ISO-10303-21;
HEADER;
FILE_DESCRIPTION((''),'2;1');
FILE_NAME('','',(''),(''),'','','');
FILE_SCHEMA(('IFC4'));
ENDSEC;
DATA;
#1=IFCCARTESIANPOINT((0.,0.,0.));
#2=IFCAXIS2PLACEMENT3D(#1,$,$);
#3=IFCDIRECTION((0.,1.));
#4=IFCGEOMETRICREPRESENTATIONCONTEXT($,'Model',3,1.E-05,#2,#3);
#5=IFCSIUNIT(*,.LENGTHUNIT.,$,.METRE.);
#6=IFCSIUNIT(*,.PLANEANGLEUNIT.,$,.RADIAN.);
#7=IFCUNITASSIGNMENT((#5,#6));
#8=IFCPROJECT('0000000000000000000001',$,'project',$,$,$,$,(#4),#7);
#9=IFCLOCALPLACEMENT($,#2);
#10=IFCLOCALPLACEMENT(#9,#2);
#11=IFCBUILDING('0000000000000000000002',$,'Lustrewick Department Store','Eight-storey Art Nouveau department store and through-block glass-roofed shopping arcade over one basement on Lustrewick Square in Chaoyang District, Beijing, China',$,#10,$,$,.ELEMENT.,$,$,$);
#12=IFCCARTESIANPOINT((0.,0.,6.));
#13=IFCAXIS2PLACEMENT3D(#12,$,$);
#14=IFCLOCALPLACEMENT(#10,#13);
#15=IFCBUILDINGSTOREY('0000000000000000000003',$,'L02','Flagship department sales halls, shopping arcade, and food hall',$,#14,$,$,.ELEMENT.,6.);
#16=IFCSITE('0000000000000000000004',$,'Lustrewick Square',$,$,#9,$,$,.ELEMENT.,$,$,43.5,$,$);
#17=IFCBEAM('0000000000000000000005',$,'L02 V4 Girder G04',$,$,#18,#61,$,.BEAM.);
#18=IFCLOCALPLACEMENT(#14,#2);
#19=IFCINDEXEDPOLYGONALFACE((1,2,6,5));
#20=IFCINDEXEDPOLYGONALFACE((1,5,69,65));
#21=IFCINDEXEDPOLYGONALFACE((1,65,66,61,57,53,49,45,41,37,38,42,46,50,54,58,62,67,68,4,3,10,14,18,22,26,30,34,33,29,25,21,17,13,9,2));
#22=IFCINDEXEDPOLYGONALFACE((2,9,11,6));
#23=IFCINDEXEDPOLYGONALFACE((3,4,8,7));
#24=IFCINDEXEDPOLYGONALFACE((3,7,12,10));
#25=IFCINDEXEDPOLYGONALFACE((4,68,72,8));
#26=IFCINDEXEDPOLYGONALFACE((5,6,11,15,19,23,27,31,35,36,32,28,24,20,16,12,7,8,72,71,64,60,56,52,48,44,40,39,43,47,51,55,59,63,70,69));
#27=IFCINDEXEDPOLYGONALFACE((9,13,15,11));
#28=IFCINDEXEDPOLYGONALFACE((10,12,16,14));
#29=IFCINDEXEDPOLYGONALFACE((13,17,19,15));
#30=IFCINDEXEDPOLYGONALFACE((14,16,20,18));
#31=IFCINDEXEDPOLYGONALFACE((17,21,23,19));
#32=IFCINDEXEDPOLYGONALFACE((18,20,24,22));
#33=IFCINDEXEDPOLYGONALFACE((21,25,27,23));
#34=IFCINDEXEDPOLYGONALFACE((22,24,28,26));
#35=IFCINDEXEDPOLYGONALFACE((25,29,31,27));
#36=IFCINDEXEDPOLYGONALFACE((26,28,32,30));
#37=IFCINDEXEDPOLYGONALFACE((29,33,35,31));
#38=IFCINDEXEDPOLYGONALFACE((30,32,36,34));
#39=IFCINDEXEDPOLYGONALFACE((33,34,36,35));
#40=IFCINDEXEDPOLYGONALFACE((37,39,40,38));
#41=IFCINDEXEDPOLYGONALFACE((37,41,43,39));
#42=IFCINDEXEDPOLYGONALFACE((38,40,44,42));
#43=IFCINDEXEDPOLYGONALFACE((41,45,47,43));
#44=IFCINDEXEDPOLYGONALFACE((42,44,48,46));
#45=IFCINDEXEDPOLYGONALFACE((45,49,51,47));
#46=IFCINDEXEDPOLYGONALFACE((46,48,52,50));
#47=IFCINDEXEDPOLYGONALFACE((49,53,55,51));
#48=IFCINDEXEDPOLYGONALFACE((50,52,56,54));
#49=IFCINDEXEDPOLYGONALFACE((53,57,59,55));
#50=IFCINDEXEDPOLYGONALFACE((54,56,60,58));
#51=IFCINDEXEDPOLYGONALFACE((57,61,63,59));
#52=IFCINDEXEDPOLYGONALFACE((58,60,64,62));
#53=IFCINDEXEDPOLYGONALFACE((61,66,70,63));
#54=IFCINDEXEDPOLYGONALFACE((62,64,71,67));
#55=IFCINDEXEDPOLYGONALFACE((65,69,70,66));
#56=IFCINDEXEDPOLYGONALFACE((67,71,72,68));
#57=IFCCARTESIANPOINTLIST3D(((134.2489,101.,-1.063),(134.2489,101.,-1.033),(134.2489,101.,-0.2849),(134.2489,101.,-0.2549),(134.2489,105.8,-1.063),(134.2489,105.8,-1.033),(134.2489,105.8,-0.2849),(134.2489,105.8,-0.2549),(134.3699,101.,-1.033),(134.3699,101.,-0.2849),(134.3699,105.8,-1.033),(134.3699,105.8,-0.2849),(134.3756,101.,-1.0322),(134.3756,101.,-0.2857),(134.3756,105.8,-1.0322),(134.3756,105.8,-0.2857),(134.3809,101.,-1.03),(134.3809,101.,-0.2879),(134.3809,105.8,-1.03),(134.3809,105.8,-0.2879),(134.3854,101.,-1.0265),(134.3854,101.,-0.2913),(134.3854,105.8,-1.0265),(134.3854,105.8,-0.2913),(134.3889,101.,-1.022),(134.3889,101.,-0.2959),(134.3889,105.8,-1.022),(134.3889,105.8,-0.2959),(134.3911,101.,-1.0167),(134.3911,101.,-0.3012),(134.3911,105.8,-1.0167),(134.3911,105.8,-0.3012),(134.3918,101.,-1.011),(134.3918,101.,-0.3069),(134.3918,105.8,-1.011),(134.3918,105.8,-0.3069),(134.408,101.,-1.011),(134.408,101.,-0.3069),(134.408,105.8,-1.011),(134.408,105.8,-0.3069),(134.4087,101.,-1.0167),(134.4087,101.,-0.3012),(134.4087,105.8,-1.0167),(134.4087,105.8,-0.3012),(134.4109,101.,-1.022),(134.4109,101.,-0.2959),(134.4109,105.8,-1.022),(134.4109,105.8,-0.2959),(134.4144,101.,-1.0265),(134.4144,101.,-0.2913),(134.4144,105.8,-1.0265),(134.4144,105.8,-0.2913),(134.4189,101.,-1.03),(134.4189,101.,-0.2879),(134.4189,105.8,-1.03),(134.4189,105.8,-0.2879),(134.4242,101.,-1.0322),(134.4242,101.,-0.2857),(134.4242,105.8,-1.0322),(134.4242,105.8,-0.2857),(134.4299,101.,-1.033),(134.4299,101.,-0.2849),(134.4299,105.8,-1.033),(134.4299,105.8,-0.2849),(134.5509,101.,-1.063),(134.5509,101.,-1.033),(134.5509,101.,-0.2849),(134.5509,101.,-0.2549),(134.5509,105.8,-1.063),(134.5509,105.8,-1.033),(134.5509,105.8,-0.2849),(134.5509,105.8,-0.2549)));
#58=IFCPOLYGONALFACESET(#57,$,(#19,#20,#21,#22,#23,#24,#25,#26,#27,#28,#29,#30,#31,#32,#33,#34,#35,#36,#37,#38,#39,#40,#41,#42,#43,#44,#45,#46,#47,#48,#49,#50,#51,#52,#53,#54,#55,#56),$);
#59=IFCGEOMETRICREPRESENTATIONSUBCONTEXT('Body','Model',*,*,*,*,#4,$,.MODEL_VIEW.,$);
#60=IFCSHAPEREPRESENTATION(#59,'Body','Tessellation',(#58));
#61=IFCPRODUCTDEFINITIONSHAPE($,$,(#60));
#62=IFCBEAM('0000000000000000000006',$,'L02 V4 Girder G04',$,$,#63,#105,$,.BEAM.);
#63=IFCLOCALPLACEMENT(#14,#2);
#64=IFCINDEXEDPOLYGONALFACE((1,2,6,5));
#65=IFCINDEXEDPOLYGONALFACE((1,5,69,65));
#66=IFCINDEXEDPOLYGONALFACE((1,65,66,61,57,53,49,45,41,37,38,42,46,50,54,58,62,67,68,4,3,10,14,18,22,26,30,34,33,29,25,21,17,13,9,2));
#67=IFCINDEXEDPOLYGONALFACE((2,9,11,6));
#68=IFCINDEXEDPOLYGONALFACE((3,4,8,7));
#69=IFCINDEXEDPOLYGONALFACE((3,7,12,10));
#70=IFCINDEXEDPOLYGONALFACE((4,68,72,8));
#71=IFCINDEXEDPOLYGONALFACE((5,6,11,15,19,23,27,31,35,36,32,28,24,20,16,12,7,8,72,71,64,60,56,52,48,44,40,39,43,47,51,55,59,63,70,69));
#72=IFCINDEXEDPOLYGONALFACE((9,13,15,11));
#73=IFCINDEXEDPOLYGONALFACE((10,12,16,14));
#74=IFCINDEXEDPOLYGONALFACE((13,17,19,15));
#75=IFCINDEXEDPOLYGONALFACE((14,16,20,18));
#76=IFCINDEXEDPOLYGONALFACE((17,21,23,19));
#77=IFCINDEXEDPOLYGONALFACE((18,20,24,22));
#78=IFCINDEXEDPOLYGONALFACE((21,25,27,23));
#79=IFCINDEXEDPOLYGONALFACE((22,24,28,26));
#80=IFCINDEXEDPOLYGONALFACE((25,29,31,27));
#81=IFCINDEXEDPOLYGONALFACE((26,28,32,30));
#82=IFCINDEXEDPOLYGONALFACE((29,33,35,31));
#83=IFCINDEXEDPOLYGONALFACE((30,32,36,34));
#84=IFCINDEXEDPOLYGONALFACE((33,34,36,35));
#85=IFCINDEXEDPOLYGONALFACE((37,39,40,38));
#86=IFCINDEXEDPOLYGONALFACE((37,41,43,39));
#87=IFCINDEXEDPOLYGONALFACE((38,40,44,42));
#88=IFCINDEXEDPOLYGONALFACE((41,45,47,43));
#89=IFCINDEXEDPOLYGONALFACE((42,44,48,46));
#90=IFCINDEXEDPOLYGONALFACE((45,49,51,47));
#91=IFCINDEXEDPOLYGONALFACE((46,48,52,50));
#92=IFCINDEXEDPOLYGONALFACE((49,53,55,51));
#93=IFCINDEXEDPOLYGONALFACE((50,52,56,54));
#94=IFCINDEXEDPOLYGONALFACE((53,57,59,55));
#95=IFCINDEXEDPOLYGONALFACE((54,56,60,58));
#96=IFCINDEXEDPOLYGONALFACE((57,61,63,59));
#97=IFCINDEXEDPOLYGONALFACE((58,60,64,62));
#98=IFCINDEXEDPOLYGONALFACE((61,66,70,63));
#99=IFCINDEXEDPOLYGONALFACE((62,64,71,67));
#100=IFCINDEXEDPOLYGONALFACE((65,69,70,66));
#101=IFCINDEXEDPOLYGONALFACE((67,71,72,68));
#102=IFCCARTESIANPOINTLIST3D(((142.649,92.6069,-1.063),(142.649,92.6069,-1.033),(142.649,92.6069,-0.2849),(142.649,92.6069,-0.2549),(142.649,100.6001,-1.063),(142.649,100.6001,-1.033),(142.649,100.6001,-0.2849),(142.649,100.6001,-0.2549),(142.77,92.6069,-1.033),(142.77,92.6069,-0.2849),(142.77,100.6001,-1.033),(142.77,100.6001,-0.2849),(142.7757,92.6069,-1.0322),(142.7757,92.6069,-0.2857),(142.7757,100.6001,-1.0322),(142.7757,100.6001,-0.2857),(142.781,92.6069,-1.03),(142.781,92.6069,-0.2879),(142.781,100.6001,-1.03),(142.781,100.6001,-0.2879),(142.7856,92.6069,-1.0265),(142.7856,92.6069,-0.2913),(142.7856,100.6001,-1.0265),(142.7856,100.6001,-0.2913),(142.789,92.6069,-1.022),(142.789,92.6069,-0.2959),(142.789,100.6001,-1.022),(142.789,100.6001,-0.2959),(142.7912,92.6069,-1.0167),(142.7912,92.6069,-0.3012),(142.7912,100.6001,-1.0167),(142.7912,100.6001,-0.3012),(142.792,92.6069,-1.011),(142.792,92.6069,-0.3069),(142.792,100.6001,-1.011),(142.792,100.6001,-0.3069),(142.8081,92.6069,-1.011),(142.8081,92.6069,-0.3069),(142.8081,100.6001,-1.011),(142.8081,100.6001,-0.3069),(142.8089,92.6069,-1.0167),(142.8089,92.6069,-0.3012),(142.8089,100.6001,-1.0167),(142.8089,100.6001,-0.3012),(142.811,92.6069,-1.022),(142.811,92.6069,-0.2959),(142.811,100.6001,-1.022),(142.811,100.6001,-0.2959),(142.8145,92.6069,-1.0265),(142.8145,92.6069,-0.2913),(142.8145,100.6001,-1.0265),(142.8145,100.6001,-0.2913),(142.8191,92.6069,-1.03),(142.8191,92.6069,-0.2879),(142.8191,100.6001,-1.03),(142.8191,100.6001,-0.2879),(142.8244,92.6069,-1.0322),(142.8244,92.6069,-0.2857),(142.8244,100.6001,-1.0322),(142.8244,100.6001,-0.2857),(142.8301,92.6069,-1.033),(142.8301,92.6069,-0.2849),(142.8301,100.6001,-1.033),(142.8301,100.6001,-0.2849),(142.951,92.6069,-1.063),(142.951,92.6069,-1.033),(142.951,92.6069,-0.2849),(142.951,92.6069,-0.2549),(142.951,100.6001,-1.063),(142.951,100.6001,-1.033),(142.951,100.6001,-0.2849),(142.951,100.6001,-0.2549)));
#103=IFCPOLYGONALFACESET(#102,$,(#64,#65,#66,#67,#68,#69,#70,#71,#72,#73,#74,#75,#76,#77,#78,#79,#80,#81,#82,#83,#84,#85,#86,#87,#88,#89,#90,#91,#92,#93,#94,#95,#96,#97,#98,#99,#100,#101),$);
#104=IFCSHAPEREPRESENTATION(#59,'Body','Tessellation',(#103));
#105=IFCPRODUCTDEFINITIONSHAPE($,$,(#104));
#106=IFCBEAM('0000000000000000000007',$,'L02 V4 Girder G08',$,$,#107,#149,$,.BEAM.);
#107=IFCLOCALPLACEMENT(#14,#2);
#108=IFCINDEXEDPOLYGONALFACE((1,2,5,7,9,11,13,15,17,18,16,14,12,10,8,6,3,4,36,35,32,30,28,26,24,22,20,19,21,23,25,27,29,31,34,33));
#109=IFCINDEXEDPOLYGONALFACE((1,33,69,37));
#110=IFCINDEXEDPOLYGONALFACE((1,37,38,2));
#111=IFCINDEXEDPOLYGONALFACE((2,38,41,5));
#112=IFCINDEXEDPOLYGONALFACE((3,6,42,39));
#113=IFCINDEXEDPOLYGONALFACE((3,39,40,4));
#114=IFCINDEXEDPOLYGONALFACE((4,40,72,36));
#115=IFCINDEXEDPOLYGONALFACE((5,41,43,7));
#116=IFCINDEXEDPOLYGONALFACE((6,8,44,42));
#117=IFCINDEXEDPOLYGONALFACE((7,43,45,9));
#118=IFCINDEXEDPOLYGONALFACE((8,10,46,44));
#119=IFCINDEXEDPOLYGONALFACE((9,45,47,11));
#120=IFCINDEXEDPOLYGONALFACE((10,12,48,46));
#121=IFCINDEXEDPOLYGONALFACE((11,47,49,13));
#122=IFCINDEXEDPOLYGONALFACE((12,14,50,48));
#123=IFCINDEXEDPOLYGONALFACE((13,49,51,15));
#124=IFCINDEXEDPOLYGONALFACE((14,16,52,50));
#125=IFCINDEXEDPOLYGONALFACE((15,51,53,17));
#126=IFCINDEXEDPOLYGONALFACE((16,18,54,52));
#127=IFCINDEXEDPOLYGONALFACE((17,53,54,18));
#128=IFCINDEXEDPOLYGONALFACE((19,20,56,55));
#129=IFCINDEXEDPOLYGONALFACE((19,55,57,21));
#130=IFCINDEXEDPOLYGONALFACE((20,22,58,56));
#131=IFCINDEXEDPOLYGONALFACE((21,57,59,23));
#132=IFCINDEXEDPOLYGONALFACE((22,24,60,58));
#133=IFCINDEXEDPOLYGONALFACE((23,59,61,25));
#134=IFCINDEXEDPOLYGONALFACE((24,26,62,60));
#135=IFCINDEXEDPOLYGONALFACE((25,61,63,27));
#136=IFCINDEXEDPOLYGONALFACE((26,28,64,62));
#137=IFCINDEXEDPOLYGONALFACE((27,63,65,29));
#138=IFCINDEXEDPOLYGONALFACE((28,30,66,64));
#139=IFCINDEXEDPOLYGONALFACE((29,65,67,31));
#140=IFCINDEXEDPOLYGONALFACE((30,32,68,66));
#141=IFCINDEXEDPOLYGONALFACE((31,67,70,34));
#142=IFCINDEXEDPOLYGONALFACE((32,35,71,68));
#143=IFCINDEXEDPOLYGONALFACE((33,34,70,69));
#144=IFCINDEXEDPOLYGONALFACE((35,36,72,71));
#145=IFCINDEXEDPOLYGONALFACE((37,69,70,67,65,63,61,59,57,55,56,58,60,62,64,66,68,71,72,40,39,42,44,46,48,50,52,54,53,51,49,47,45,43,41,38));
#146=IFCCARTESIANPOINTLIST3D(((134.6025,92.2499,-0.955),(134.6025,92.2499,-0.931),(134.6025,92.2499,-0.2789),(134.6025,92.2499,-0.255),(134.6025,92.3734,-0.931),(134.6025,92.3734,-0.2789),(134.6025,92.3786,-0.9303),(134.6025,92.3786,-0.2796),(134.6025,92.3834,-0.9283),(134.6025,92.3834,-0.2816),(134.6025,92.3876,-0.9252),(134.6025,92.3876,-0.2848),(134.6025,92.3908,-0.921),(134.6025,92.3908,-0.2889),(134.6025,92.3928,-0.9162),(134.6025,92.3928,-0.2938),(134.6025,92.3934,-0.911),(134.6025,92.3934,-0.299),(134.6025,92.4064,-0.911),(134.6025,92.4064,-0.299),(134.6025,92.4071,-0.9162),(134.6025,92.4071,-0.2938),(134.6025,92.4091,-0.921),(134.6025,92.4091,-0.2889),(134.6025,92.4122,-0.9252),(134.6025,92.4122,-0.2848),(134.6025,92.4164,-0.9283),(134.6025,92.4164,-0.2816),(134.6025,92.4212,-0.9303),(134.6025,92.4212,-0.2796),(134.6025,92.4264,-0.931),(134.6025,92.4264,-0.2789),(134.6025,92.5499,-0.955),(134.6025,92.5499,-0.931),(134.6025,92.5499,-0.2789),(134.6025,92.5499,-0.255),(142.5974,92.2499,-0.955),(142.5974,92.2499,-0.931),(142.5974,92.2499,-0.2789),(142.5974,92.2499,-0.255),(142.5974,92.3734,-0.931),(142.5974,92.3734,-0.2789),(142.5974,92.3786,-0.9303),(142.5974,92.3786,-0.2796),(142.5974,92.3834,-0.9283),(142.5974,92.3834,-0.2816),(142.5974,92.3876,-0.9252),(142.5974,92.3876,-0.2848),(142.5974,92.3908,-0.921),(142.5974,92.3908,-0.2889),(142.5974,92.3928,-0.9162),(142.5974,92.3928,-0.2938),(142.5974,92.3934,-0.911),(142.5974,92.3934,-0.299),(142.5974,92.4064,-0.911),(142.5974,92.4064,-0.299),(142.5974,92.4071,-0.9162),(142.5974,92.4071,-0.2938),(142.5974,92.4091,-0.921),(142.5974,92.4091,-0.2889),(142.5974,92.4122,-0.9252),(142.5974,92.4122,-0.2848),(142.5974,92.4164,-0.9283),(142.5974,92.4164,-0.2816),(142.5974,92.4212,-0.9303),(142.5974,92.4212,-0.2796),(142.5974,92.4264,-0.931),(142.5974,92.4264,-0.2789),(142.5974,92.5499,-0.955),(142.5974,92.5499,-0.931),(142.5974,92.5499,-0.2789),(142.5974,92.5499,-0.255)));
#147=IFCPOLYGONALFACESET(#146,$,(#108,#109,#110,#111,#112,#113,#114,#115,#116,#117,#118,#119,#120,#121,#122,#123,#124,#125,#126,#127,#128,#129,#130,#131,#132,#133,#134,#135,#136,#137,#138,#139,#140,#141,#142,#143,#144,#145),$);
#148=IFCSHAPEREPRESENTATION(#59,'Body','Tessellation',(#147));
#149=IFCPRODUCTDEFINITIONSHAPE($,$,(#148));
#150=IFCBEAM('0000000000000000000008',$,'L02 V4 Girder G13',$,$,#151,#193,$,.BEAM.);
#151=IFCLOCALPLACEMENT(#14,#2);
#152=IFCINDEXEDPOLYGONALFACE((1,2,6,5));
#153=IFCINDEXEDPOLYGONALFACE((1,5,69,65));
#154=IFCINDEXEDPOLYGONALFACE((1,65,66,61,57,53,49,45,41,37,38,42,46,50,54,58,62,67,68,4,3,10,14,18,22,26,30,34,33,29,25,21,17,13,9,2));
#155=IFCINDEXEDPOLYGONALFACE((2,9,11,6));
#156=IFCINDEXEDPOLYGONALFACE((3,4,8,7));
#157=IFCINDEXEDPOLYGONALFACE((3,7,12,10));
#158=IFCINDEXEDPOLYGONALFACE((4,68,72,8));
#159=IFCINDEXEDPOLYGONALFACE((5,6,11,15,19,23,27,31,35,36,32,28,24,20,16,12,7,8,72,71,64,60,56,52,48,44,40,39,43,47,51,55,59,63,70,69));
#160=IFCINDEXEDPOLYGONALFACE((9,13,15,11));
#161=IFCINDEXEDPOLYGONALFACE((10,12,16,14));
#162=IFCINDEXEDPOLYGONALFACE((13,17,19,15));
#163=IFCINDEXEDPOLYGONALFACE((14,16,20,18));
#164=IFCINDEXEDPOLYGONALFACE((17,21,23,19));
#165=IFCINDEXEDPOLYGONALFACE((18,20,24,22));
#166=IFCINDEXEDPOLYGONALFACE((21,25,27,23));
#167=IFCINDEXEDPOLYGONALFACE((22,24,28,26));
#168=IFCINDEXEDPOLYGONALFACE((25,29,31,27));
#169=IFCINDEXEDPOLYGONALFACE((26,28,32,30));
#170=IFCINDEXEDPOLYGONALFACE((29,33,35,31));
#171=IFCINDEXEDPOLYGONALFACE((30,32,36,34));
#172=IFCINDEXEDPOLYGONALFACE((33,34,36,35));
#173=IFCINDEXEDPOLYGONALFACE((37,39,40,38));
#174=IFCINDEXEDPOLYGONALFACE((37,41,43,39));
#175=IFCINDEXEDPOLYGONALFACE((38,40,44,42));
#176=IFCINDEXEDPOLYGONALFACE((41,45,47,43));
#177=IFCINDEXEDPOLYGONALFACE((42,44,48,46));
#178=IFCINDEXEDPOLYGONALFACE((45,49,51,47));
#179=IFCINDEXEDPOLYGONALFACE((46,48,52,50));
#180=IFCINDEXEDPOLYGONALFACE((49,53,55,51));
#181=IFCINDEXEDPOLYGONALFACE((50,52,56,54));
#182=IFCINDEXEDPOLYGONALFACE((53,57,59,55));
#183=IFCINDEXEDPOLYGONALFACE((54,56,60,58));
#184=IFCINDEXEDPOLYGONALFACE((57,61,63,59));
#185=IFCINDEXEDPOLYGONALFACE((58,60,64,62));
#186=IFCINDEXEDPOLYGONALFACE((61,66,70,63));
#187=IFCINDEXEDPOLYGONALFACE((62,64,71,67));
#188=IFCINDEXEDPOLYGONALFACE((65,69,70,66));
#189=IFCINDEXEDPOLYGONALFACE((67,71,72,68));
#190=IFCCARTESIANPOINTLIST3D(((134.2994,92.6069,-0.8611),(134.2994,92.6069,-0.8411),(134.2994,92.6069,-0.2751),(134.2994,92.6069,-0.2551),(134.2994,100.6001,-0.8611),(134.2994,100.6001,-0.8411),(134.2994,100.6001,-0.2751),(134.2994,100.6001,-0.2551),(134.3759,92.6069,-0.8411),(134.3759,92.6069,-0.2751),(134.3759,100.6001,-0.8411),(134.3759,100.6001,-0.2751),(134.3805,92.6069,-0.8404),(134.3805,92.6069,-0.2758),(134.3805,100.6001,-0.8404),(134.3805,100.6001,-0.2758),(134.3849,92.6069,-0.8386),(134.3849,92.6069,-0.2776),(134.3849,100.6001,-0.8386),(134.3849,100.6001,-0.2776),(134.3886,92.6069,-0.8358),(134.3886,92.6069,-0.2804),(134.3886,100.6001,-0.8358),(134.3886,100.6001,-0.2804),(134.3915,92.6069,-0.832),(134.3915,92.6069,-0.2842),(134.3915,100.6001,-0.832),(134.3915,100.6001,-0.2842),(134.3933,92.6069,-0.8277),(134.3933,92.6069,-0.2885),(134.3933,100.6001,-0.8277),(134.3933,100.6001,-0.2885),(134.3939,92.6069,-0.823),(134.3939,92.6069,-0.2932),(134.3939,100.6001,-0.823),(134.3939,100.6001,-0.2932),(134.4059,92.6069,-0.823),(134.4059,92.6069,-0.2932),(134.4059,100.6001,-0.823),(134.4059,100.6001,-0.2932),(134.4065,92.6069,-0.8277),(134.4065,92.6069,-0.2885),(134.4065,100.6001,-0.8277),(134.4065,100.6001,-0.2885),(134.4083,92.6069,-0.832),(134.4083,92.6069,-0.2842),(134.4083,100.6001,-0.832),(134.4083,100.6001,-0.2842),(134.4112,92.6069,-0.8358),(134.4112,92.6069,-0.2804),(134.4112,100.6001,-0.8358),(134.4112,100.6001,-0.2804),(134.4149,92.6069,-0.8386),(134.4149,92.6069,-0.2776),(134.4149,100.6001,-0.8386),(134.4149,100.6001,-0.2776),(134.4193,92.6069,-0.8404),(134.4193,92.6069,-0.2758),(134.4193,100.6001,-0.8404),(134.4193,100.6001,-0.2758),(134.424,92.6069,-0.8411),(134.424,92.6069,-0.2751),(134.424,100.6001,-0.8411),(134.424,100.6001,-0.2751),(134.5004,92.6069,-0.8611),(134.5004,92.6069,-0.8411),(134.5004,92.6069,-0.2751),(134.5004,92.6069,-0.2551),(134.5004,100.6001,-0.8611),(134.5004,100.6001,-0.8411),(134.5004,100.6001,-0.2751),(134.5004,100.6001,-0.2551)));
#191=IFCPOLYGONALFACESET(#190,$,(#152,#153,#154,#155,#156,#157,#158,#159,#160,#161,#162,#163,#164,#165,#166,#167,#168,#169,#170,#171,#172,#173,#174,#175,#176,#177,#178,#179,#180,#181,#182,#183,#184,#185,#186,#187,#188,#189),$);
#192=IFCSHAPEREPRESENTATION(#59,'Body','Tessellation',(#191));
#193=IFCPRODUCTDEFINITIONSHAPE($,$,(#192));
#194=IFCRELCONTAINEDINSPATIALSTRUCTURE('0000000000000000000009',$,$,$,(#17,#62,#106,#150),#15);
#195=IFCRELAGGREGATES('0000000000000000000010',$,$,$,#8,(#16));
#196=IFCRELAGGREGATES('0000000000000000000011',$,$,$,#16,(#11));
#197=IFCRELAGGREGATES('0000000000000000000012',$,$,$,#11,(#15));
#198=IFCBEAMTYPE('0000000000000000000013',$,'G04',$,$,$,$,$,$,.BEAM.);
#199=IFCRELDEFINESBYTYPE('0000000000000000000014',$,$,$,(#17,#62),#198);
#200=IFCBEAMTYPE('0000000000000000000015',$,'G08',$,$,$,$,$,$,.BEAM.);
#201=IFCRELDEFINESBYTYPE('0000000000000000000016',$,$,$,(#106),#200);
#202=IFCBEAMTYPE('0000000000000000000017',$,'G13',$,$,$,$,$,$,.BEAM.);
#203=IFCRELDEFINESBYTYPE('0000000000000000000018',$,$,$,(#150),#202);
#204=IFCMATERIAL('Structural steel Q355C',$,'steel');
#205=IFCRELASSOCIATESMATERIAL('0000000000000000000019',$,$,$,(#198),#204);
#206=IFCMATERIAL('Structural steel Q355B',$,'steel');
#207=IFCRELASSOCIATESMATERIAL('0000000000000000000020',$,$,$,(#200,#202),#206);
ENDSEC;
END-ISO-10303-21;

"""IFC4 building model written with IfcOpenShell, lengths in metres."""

from ifc_helpers import new_model, si_unit, direction, frame, origin, origin_2d, place, context, subcontext, project, spatial, i_section, extrude, material, material_profile, profile_set, type_object, element, save


model = new_model("IFC4")

# Units and contexts
model_context = context("Model", 3, precision=1e-05, world=origin(), true_north=direction((0.0, 1.0)))
body_context = subcontext(model_context, "Body", "Model", "MODEL_VIEW")
ifc_project = project(units=[si_unit("LENGTHUNIT", "METRE"), si_unit("PLANEANGLEUNIT", "RADIAN")], contexts=[model_context])

# Site, building, storey
site_placement = place(None, origin())
site = spatial("IfcSite", under=ifc_project, at=site_placement, Name="Lustrewick Square", CompositionType="ELEMENT", RefElevation=43.5)
building_placement = place(site_placement, origin())
building = spatial("IfcBuilding", under=site, at=building_placement, Name="Lustrewick Department Store", Description="Eight-storey Art Nouveau department store and through-block glass-roofed shopping arcade over one basement on Lustrewick Square in Chaoyang District, Beijing, China", CompositionType="ELEMENT")
storey_placement = place(building_placement, frame((0.0, 0.0, 6.0)))
storey = spatial("IfcBuildingStorey", under=building, at=storey_placement, Name="L02", Description="Flagship department sales halls, shopping arcade, and food hall", CompositionType="ELEMENT", Elevation=6.0)

# Shared definitions
ifc_material_1 = material(Name="Structural steel Q355B", Category="steel")

# Beams
ifc_material_2 = material(Name="Structural steel Q355C", Category="steel")
ifc_material_profile_1 = material_profile(ifc_material_2, i_section(OverallWidth=0.302, OverallDepth=0.8081, WebThickness=0.0161, FlangeThickness=0.03, FilletRadius=0.022, at=origin_2d()), Name="HN 808x302x16x30")
ifc_profile_set_1 = profile_set([ifc_material_profile_1], Name="Structural steel Q355C")
beam_type_1 = type_object("IfcBeamType", Name="G04", PredefinedType="BEAM", material=ifc_profile_set_1)
beam_1_placement = place(storey_placement, frame((134.3999, 101.0, -0.6589), z_axis=(0.0, 1.0, 0.0), x_axis=(-1.0, 0.0, 0.0)))
element("IfcBeam", 1, at=beam_1_placement, inside=storey, type_object=beam_type_1, Name="L02 V4 Girder G04", PredefinedType="BEAM", context=body_context, shape_type="SweptSolid", body=[
    extrude(i_section(OverallWidth=0.302, OverallDepth=0.8081, WebThickness=0.0161, FlangeThickness=0.03, FilletRadius=0.022, at=origin_2d()), origin(), (0.0, 0.0, 1.0), 4.8),
])
beam_2_placement = place(storey_placement, frame((142.8, 92.6069, -0.6589), z_axis=(0.0, 1.0, 0.0), x_axis=(-1.0, 0.0, 0.0)))
element("IfcBeam", 2, at=beam_2_placement, inside=storey, type_object=beam_type_1, Name="L02 V4 Girder G04", PredefinedType="BEAM", context=body_context, shape_type="SweptSolid", body=[
    extrude(i_section(OverallWidth=0.302, OverallDepth=0.8081, WebThickness=0.0161, FlangeThickness=0.03, FilletRadius=0.022, at=origin_2d()), origin(), (0.0, 0.0, 1.0), 7.9932),
])
ifc_material_profile_2 = material_profile(ifc_material_1, i_section(OverallWidth=0.3, OverallDepth=0.7, WebThickness=0.0129, FlangeThickness=0.0239, FilletRadius=0.02, at=origin_2d()), Name="HN 700x300x13x24")
ifc_profile_set_2 = profile_set([ifc_material_profile_2], Name="Structural steel Q355B")
beam_type_2 = type_object("IfcBeamType", Name="G08", PredefinedType="BEAM", material=ifc_profile_set_2)
beam_3_placement = place(storey_placement, frame((134.6025, 92.3999, -0.605), z_axis=(1.0, 0.0, 0.0), x_axis=(0.0, 1.0, 0.0)))
element("IfcBeam", 3, at=beam_3_placement, inside=storey, type_object=beam_type_2, Name="L02 V4 Girder G08", PredefinedType="BEAM", context=body_context, shape_type="SweptSolid", body=[
    extrude(i_section(OverallWidth=0.3, OverallDepth=0.7, WebThickness=0.0129, FlangeThickness=0.0239, FilletRadius=0.02, at=origin_2d()), origin(), (0.0, 0.0, 1.0), 7.9949),
])
ifc_material_profile_3 = material_profile(ifc_material_1, i_section(OverallWidth=0.2009, OverallDepth=0.606, WebThickness=0.012, FlangeThickness=0.02, FilletRadius=0.0181, at=origin_2d()), Name="HN 606x201x12x20")
ifc_profile_set_3 = profile_set([ifc_material_profile_3], Name="Structural steel Q355B")
beam_type_3 = type_object("IfcBeamType", Name="G13", PredefinedType="BEAM", material=ifc_profile_set_3)
beam_4_placement = place(storey_placement, frame((134.3999, 92.6069, -0.5581), z_axis=(0.0, 1.0, 0.0), x_axis=(-1.0, 0.0, 0.0)))
element("IfcBeam", 4, at=beam_4_placement, inside=storey, type_object=beam_type_3, Name="L02 V4 Girder G13", PredefinedType="BEAM", context=body_context, shape_type="SweptSolid", body=[
    extrude(i_section(OverallWidth=0.2009, OverallDepth=0.606, WebThickness=0.012, FlangeThickness=0.02, FilletRadius=0.0181, at=origin_2d()), origin(), (0.0, 0.0, 1.0), 7.9932),
])

save(model, "model.ifc")
